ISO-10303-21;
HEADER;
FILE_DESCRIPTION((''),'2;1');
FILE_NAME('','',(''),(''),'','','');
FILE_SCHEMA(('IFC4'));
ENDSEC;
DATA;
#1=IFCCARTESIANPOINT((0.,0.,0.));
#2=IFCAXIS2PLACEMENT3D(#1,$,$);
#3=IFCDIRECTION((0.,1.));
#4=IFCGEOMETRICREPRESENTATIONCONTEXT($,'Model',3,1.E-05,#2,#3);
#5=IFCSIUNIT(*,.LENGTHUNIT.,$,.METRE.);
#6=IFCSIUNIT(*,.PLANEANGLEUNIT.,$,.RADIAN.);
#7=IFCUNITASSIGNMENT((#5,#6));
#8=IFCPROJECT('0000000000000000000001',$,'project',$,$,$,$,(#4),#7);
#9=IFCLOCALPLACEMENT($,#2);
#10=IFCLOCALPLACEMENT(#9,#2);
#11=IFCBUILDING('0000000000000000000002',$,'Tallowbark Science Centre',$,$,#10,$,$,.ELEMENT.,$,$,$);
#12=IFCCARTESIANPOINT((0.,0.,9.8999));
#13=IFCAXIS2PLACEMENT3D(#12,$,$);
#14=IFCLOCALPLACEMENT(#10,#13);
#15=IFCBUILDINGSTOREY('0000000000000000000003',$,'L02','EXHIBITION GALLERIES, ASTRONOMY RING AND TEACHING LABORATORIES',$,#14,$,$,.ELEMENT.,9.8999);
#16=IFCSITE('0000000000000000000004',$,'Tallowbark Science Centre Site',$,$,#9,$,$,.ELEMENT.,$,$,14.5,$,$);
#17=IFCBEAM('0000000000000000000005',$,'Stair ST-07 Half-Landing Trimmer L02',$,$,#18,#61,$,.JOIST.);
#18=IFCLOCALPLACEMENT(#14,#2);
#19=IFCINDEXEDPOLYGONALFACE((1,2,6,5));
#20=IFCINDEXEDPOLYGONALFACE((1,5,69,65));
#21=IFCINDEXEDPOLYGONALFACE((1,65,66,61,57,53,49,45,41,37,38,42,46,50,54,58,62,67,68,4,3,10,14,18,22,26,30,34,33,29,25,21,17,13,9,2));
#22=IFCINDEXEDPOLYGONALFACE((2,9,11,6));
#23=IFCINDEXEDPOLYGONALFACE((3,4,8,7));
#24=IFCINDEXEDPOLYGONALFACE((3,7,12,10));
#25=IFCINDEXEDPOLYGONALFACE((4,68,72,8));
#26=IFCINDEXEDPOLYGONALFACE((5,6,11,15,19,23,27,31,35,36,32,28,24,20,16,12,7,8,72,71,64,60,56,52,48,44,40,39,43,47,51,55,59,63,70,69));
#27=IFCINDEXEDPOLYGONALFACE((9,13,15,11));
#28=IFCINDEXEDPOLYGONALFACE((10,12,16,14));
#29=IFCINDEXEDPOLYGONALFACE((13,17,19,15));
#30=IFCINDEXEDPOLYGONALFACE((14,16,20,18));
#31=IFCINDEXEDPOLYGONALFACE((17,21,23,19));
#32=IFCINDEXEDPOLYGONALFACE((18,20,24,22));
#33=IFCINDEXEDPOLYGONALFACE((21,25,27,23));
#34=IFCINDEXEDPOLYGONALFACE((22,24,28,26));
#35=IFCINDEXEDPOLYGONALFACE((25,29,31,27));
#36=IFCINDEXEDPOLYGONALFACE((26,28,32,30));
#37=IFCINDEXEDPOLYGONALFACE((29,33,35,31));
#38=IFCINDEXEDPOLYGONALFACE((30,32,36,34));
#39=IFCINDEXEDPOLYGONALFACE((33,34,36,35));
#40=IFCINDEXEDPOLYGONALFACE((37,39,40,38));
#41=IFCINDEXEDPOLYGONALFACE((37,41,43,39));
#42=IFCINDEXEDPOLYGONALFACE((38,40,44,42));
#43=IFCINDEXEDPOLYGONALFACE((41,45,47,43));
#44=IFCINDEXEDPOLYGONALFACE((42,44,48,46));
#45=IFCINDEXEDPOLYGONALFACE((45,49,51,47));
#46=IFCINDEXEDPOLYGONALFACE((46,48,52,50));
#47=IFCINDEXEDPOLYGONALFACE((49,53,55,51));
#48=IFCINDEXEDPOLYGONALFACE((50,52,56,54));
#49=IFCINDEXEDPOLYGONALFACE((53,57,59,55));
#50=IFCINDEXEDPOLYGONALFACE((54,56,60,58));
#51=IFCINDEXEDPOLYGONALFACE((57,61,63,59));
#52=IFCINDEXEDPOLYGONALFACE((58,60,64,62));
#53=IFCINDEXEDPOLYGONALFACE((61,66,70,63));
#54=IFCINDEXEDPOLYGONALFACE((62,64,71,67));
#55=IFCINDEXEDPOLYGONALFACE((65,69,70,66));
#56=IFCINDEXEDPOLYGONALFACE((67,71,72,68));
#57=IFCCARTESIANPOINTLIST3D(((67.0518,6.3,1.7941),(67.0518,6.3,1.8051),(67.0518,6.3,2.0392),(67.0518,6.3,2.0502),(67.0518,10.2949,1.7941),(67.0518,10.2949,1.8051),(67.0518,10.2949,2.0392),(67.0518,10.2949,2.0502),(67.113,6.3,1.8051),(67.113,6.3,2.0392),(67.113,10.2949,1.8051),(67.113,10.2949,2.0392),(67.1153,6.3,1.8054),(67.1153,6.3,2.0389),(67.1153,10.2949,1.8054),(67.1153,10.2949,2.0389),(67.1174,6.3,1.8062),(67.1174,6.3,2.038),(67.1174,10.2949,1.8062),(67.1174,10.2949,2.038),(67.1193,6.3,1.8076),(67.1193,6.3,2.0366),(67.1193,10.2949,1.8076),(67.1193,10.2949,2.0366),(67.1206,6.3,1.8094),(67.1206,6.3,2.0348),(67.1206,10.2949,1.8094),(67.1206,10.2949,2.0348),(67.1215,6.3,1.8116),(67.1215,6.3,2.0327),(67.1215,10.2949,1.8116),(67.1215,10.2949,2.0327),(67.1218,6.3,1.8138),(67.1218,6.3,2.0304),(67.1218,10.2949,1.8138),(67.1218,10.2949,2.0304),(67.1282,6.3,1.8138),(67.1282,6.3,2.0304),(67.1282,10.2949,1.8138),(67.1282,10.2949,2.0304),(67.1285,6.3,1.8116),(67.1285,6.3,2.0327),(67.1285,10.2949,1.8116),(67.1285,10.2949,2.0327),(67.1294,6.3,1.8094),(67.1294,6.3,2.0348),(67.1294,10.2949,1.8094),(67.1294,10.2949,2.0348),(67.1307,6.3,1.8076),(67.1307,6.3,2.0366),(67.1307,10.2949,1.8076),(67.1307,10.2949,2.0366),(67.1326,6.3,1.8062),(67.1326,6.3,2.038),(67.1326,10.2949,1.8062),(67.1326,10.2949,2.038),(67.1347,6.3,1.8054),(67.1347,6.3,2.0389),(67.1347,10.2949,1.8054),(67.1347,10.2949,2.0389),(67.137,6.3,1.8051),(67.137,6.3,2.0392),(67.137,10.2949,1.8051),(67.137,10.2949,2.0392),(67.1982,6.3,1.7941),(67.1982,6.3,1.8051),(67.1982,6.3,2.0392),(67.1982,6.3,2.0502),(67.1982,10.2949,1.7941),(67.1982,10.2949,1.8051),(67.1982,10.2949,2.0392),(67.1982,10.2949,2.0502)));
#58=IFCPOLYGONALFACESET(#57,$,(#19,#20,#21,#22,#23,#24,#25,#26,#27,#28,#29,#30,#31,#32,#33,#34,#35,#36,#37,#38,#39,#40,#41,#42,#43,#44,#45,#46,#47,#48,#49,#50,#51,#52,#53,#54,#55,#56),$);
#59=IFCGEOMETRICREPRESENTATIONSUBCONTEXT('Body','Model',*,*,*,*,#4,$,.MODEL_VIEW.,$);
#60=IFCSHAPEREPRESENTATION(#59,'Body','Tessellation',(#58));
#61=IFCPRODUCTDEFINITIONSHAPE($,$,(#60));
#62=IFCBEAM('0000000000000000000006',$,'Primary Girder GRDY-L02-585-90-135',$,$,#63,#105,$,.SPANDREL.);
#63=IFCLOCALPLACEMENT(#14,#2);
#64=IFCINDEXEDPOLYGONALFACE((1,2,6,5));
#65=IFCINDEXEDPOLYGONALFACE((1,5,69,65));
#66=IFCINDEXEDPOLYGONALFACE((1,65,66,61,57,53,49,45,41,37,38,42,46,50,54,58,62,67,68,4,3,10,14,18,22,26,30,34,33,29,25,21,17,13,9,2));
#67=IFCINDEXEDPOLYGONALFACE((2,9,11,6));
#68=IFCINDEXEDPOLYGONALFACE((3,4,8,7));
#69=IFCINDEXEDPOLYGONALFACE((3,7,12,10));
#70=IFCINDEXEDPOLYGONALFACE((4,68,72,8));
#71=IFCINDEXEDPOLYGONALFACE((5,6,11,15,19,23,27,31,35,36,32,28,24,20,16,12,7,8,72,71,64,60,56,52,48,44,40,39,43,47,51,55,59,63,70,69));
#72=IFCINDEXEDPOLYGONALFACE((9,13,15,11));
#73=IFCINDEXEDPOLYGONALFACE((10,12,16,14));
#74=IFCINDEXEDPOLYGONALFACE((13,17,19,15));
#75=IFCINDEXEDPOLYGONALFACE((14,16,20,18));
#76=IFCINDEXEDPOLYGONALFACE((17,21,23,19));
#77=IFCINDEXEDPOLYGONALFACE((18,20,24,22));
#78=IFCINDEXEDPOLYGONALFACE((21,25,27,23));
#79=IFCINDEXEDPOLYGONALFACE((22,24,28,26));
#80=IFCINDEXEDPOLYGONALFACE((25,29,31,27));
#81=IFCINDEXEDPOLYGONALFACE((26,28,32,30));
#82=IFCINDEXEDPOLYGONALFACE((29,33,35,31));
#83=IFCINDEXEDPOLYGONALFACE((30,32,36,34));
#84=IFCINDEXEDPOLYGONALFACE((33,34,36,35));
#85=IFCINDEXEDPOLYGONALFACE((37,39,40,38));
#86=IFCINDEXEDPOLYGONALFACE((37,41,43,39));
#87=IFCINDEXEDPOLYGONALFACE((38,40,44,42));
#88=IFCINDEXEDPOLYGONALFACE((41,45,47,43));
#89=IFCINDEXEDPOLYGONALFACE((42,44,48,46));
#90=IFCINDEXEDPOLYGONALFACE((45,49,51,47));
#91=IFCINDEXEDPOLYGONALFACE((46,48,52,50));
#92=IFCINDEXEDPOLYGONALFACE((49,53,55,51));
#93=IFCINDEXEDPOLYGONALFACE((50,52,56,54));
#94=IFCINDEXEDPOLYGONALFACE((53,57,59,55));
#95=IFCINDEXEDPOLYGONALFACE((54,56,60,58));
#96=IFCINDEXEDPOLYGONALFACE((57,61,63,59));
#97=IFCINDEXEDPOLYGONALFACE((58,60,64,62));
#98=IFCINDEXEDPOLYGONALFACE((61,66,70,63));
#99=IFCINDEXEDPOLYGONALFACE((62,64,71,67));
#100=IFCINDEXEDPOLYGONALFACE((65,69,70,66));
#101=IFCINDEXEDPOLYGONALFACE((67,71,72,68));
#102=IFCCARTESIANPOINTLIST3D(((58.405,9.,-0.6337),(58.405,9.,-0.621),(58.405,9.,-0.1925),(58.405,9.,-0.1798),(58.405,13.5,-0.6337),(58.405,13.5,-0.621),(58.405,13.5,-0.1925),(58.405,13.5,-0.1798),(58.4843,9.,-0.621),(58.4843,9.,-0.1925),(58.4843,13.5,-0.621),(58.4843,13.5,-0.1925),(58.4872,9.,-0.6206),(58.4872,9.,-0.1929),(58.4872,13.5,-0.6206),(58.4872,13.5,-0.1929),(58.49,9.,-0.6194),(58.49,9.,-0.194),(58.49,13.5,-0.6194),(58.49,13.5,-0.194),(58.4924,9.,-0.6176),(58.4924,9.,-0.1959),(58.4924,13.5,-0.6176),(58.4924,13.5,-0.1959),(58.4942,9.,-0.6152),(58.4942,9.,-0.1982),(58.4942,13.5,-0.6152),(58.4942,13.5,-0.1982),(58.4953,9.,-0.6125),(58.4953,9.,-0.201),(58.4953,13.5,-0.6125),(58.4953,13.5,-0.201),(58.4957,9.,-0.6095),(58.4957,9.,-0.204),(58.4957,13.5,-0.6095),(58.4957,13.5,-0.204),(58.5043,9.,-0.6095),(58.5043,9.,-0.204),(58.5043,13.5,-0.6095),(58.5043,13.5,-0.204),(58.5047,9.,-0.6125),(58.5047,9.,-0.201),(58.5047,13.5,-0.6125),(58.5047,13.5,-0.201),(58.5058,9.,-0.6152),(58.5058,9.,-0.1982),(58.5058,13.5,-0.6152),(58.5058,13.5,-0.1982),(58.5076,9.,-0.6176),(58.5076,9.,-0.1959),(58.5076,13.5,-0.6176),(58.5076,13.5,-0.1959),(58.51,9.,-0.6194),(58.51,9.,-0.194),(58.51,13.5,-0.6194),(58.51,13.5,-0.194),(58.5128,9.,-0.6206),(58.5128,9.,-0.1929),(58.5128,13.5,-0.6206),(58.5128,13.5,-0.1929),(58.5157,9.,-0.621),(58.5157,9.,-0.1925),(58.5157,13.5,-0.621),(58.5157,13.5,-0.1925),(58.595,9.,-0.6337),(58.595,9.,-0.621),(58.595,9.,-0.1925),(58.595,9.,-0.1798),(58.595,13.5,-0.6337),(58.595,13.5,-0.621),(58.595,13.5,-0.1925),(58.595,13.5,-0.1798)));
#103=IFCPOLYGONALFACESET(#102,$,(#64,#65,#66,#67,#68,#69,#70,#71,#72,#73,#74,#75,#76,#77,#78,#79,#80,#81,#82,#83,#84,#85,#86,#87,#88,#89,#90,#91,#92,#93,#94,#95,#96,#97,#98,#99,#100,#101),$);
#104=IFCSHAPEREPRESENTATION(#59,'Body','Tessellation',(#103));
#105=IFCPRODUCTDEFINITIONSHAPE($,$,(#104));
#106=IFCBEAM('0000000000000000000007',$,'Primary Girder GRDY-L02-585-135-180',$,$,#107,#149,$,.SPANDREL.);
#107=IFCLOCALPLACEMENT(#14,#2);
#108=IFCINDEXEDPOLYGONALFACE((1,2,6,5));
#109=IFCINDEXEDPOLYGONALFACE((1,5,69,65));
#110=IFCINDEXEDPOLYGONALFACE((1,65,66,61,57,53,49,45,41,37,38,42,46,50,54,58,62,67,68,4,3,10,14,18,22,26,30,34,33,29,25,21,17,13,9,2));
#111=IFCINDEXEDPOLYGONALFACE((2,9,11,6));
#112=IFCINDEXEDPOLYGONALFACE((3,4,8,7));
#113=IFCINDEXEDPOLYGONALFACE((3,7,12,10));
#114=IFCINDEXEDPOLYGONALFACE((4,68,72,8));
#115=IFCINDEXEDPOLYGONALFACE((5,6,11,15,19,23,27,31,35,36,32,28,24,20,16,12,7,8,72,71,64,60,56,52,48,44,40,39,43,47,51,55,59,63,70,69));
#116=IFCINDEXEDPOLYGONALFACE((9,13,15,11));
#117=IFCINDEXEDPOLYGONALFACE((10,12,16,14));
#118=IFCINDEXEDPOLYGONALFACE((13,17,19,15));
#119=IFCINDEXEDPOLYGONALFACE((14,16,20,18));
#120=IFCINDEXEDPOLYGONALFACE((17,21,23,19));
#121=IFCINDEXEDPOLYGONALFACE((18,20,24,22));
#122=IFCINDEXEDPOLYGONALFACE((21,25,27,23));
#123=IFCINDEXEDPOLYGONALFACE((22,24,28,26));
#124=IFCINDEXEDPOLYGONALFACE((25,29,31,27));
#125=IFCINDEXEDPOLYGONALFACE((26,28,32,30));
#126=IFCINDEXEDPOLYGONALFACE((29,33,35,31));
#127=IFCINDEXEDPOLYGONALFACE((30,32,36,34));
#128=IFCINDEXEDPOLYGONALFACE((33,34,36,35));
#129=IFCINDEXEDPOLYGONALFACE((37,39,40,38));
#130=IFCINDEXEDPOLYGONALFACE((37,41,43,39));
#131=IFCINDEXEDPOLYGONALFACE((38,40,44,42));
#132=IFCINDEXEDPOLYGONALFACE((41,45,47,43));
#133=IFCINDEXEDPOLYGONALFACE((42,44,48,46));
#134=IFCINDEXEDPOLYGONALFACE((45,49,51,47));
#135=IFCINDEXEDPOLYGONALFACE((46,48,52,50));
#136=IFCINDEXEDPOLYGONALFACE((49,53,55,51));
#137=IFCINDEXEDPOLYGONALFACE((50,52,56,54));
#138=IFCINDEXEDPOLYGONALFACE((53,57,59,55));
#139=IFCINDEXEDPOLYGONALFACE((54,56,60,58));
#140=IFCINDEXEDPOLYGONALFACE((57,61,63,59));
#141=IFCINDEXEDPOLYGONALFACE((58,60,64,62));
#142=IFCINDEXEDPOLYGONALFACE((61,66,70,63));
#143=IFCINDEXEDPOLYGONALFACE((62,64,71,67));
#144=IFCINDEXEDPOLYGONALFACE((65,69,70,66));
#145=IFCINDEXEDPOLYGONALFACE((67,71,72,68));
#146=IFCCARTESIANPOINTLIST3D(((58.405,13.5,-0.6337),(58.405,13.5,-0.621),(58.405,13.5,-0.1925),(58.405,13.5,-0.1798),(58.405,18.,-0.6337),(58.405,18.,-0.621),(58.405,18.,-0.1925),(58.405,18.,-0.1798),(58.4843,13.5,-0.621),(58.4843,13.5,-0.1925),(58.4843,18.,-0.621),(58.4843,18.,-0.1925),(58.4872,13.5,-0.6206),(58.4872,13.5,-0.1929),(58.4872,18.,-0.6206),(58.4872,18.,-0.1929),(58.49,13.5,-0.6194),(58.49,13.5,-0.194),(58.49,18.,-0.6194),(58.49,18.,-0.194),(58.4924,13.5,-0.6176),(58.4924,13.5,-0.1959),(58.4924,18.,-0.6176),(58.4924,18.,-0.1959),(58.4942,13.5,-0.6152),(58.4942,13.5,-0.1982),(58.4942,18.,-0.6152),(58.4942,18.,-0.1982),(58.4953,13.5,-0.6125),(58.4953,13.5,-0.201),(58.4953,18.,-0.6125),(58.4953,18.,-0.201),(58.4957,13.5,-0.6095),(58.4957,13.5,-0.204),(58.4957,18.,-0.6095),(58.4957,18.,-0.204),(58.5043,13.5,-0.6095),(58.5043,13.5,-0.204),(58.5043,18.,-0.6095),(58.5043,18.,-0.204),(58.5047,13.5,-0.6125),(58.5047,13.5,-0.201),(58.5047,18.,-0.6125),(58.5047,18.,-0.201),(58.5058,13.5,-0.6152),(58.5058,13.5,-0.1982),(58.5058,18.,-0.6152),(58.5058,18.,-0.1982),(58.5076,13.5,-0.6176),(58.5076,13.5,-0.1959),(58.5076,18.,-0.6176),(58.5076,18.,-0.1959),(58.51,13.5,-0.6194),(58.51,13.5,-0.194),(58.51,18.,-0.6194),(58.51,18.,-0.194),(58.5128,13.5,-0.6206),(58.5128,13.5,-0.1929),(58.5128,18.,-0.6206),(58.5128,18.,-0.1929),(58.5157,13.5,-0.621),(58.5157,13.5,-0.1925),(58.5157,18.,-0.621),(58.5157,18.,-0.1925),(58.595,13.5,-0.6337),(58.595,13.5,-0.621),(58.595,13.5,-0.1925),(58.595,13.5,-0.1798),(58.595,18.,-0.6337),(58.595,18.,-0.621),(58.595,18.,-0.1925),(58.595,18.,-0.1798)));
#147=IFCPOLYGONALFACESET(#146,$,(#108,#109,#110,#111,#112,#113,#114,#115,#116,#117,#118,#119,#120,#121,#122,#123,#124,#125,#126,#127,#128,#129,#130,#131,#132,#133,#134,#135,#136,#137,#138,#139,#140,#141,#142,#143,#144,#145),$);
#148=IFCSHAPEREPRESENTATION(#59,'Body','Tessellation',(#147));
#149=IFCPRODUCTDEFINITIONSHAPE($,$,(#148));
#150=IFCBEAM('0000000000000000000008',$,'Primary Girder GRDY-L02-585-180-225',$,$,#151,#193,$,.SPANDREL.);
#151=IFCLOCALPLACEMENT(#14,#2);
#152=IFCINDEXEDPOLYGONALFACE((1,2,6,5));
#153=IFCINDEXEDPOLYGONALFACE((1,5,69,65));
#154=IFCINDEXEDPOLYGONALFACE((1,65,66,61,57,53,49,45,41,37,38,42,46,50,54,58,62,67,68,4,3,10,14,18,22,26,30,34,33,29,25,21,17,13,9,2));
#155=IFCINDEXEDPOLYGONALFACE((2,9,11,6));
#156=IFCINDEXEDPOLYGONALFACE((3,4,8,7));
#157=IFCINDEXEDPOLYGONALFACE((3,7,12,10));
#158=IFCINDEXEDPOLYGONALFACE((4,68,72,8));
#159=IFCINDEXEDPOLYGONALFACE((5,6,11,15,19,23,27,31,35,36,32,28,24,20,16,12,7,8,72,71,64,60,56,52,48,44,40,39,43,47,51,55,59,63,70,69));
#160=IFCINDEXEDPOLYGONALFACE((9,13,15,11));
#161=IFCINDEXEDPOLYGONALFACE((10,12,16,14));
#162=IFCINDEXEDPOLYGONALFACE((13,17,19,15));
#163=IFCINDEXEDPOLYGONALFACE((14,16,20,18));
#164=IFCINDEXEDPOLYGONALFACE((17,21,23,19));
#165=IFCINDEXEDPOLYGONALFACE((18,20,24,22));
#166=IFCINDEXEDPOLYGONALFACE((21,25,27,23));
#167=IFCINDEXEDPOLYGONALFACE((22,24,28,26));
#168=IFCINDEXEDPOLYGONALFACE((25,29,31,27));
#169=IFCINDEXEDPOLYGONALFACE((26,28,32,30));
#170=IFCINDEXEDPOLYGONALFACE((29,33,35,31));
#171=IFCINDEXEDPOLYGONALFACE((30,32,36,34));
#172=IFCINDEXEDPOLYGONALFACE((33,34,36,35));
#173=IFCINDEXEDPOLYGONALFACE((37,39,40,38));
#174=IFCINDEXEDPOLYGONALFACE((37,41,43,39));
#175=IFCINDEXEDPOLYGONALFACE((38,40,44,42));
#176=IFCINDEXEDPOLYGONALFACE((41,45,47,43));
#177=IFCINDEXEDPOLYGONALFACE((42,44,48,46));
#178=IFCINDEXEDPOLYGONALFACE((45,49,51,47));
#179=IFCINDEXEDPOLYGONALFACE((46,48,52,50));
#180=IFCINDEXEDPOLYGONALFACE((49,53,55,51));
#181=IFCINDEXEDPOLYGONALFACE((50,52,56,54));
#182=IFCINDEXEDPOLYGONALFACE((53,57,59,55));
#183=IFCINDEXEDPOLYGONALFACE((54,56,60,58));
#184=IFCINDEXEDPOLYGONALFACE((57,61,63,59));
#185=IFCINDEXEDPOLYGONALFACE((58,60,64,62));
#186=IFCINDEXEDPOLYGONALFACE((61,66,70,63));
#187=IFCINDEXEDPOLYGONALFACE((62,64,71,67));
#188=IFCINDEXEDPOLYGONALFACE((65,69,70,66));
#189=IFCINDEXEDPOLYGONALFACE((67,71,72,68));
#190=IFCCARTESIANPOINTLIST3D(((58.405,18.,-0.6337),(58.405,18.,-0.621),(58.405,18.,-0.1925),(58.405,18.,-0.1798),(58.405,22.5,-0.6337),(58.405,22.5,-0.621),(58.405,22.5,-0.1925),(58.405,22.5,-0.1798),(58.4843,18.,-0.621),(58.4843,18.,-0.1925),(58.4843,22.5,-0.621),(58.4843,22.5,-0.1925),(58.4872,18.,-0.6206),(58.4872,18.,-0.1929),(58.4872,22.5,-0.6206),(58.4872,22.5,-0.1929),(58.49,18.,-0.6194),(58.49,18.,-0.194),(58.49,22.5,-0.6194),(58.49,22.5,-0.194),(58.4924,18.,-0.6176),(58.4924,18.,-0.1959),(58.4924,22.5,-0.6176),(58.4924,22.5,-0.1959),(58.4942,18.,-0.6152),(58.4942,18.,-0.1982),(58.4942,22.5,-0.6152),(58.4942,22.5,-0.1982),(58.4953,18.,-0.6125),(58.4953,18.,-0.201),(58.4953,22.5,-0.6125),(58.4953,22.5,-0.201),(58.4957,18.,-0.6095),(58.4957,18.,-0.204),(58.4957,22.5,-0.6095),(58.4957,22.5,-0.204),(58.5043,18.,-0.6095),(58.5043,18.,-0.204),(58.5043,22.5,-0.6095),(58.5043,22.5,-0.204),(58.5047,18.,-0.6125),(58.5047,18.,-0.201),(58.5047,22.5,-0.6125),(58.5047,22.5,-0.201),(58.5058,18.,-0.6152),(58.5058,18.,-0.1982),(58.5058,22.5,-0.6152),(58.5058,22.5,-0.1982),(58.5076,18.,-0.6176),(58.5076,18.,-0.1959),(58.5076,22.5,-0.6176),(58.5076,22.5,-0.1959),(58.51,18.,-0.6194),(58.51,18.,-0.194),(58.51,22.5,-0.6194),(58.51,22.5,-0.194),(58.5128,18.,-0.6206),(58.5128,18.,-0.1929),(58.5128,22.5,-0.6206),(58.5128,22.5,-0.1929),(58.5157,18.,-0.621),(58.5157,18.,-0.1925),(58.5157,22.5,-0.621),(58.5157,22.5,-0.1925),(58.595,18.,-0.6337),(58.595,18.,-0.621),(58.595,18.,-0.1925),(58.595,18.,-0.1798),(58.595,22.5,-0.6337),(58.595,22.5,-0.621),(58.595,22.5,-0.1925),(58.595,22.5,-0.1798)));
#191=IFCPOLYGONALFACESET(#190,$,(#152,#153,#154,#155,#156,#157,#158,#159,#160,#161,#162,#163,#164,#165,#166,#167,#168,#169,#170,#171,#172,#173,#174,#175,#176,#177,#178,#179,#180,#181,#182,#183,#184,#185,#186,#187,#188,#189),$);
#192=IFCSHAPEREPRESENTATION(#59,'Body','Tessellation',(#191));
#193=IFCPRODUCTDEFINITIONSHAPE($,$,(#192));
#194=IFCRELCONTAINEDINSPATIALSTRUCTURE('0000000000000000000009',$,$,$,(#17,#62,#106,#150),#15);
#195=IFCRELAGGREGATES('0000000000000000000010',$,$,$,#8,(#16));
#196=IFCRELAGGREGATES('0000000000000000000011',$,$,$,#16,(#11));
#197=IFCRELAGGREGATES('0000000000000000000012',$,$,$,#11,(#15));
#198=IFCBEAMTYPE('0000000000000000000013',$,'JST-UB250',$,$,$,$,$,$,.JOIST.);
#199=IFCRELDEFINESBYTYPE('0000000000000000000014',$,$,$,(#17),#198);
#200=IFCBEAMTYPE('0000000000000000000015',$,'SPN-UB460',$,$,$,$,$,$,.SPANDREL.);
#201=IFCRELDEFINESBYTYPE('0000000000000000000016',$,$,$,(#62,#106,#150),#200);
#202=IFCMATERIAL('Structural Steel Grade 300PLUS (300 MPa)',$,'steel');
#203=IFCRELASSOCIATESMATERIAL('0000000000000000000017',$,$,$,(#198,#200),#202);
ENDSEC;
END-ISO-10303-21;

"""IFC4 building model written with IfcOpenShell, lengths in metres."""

from ifc_helpers import new_model, si_unit, direction, frame, origin, origin_2d, place, context, subcontext, project, spatial, i_section, extrude, material, material_profile, profile_set, type_object, element, save


model = new_model("IFC4")

# Units and contexts
model_context = context("Model", 3, precision=1e-05, world=origin(), true_north=direction((0.0, 1.0)))
body_context = subcontext(model_context, "Body", "Model", "MODEL_VIEW")
ifc_project = project(units=[si_unit("LENGTHUNIT", "METRE"), si_unit("PLANEANGLEUNIT", "RADIAN")], contexts=[model_context])

# Site, building, storey
site_placement = place(None, origin())
site = spatial("IfcSite", under=ifc_project, at=site_placement, Name="Tallowbark Science Centre Site", CompositionType="ELEMENT", RefElevation=14.5)
building_placement = place(site_placement, origin())
building = spatial("IfcBuilding", under=site, at=building_placement, Name="Tallowbark Science Centre", CompositionType="ELEMENT")
storey_placement = place(building_placement, frame((0.0, 0.0, 9.8999)))
storey = spatial("IfcBuildingStorey", under=building, at=storey_placement, Name="L02", Description="EXHIBITION GALLERIES, ASTRONOMY RING AND TEACHING LABORATORIES", CompositionType="ELEMENT", Elevation=9.8999)

# Shared definitions
ifc_material_1 = material(Name="Structural Steel Grade 300PLUS (300 MPa)", Category="steel")

# Beams
ifc_material_profile_1 = material_profile(ifc_material_1, i_section(OverallWidth=0.1465, OverallDepth=0.2561, WebThickness=0.0063, FlangeThickness=0.011, FilletRadius=0.0088, at=origin_2d()), Name="250UB37.3")
ifc_profile_set_1 = profile_set([ifc_material_profile_1], Name="Structural Steel Grade 300PLUS (300 MPa)")
beam_type_1 = type_object("IfcBeamType", Name="JST-UB250", PredefinedType="JOIST", material=ifc_profile_set_1)
beam_1_placement = place(storey_placement, frame((67.125, 6.3, 1.9221), z_axis=(0.0, 1.0, 0.0), x_axis=(-1.0, 0.0, 0.0)))
element("IfcBeam", 1, at=beam_1_placement, inside=storey, type_object=beam_type_1, Name="Stair ST-07 Half-Landing Trimmer L02", PredefinedType="JOIST", context=body_context, shape_type="SweptSolid", body=[
    extrude(i_section(OverallWidth=0.1465, OverallDepth=0.2561, WebThickness=0.0063, FlangeThickness=0.011, FilletRadius=0.0088, at=origin_2d()), origin(), (0.0, 0.0, 1.0), 3.9949),
])
ifc_material_profile_2 = material_profile(ifc_material_1, i_section(OverallWidth=0.1899, OverallDepth=0.4539, WebThickness=0.0085, FlangeThickness=0.0127, FilletRadius=0.0115, at=origin_2d()), Name="460UB67.1")
ifc_profile_set_2 = profile_set([ifc_material_profile_2], Name="Structural Steel Grade 300PLUS (300 MPa)")
beam_type_2 = type_object("IfcBeamType", Name="SPN-UB460", PredefinedType="SPANDREL", material=ifc_profile_set_2)
for number, where, z_axis, x_axis, name in (
    (2, (58.5, 9.0, -0.4067), (0.0, 1.0, 0.0), (-1.0, 0.0, 0.0), "Primary Girder GRDY-L02-585-90-135"),
    (3, (58.5, 13.5, -0.4067), (0.0, 1.0, 0.0), (-1.0, 0.0, 0.0), "Primary Girder GRDY-L02-585-135-180"),
    (4, (58.5, 18.0, -0.4067), (0.0, 1.0, 0.0), (-1.0, 0.0, 0.0), "Primary Girder GRDY-L02-585-180-225"),
):
    element("IfcBeam", number, at=place(storey_placement, frame(where, z_axis=z_axis, x_axis=x_axis)), inside=storey, type_object=beam_type_2, Name=name, PredefinedType="SPANDREL", context=body_context, shape_type="SweptSolid", body=[
        extrude(i_section(OverallWidth=0.1899, OverallDepth=0.4539, WebThickness=0.0085, FlangeThickness=0.0127, FilletRadius=0.0115, at=origin_2d()), origin(), (0.0, 0.0, 1.0), 4.5),
    ])

save(model, "model.ifc")
